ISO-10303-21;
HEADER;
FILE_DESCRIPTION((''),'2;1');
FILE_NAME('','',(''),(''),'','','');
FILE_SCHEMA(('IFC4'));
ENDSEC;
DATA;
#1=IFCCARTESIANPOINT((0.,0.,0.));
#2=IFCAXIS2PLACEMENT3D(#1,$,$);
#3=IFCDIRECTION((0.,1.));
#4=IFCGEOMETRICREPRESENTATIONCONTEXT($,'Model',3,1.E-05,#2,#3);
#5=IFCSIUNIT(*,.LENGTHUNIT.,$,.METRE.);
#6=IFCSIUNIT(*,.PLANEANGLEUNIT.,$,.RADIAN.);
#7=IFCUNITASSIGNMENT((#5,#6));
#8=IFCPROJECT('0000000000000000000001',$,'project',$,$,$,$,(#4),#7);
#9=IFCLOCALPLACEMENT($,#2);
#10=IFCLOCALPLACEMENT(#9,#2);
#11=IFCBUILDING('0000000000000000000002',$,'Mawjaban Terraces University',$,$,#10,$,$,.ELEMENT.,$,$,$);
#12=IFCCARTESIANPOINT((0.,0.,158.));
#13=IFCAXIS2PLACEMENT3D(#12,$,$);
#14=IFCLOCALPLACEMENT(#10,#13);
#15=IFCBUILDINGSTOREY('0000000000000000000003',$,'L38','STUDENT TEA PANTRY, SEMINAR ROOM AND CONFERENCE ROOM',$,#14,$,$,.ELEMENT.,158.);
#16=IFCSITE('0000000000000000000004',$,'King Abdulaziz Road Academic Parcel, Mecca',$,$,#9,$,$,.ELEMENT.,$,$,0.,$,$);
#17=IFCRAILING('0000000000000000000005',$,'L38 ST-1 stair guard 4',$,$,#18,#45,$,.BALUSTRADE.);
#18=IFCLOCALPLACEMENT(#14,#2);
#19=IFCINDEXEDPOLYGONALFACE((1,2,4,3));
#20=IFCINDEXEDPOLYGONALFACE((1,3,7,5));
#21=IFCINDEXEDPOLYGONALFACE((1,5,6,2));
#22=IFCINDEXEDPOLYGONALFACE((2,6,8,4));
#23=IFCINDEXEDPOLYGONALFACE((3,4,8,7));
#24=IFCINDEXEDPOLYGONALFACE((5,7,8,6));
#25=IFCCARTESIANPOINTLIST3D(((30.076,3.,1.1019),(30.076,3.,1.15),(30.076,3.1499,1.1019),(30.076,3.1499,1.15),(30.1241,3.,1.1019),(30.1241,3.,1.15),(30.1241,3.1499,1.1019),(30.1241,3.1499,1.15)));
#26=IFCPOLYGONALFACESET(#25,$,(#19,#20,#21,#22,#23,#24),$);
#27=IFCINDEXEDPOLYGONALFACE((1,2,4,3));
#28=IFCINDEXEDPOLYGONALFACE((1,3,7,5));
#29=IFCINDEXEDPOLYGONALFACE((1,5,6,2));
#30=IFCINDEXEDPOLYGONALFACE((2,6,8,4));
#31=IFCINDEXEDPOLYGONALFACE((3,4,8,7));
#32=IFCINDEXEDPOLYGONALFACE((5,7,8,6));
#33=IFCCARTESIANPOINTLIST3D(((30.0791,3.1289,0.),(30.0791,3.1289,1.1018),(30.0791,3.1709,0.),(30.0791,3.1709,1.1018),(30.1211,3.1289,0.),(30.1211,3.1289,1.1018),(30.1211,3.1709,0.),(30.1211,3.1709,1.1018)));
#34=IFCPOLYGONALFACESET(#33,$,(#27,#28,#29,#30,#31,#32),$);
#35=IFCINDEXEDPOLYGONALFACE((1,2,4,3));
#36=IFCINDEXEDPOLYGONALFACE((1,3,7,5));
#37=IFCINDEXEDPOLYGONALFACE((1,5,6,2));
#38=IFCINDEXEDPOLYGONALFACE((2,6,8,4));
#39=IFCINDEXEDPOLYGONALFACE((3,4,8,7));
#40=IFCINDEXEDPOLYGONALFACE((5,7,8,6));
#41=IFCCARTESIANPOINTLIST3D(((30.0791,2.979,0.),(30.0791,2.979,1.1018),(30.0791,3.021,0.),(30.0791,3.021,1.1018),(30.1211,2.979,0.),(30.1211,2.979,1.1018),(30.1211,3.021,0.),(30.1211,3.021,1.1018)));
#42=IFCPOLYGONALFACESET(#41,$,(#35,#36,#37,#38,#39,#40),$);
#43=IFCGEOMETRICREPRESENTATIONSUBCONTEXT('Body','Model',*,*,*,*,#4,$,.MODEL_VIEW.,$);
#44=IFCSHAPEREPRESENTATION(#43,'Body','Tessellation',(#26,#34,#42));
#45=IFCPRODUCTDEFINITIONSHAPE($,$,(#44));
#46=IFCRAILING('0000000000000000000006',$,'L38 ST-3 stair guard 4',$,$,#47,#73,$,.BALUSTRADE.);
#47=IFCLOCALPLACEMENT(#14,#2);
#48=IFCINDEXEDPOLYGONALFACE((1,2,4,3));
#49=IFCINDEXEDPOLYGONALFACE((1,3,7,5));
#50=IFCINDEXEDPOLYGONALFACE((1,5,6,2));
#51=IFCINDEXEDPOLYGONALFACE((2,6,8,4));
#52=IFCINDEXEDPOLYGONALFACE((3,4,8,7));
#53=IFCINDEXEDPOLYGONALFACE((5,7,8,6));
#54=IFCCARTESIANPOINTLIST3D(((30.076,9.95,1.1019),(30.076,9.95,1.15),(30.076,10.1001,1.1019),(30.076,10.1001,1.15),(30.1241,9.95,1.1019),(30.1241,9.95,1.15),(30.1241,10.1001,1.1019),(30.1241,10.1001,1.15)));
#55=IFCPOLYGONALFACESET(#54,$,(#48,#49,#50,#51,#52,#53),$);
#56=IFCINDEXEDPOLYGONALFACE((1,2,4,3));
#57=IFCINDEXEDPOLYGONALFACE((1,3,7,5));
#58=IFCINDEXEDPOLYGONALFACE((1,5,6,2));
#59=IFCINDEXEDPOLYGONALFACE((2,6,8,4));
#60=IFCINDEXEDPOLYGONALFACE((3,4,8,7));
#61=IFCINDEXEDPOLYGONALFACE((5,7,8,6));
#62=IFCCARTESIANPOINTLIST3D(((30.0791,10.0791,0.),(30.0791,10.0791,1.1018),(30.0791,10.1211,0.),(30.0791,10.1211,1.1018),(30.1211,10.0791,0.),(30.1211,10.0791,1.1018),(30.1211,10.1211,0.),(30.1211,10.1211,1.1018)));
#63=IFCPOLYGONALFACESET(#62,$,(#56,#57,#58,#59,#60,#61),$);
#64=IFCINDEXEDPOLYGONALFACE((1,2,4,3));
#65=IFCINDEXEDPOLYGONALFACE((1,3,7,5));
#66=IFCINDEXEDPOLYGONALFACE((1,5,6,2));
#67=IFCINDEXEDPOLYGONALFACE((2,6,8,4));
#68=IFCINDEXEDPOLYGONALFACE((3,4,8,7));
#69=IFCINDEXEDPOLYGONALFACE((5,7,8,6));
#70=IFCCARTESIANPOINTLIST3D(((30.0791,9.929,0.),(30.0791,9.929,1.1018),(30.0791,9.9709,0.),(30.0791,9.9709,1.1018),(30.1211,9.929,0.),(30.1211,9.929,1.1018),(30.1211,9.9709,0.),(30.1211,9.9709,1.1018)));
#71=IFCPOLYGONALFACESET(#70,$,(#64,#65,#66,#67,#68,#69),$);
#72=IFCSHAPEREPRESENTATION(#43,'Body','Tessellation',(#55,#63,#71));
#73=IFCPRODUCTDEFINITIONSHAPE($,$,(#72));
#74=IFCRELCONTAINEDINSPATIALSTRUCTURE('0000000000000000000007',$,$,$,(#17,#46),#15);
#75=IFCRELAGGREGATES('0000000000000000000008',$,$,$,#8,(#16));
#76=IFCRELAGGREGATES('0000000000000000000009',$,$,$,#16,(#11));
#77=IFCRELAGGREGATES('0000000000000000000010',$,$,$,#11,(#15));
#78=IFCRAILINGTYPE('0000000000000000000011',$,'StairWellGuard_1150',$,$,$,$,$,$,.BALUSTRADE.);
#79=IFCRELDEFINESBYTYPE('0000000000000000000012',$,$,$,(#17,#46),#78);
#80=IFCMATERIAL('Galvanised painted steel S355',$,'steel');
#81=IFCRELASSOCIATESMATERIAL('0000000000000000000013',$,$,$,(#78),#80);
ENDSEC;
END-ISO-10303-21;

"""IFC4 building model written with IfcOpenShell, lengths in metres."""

from ifc_helpers import new_model, si_unit, direction, frame, origin, origin_2d, place, context, subcontext, project, spatial, rectangle, extrude, material, type_object, element, save


model = new_model("IFC4")

# Units and contexts
model_context = context("Model", 3, precision=1e-05, world=origin(), true_north=direction((0.0, 1.0)))
body_context = subcontext(model_context, "Body", "Model", "MODEL_VIEW")
ifc_project = project(units=[si_unit("LENGTHUNIT", "METRE"), si_unit("PLANEANGLEUNIT", "RADIAN")], contexts=[model_context])

# Site, building, storey
site_placement = place(None, origin())
site = spatial("IfcSite", under=ifc_project, at=site_placement, Name="King Abdulaziz Road Academic Parcel, Mecca", CompositionType="ELEMENT", RefElevation=0.0)
building_placement = place(site_placement, origin())
building = spatial("IfcBuilding", under=site, at=building_placement, Name="Mawjaban Terraces University", CompositionType="ELEMENT")
storey_placement = place(building_placement, frame((0.0, 0.0, 158.0)))
storey = spatial("IfcBuildingStorey", under=building, at=storey_placement, Name="L38", Description="STUDENT TEA PANTRY, SEMINAR ROOM AND CONFERENCE ROOM", CompositionType="ELEMENT", Elevation=158.0)

# Railings
ifc_material_1 = material(Name="Galvanised painted steel S355", Category="steel")
railing_type = type_object("IfcRailingType", Name="StairWellGuard_1150", PredefinedType="BALUSTRADE", material=ifc_material_1)
railing_1_placement = place(storey_placement, frame((30.1001, 3.1499, 0.0)))
element("IfcRailing", 1, at=railing_1_placement, inside=storey, type_object=railing_type, Name="L38 ST-1 stair guard 4", PredefinedType="BALUSTRADE", context=body_context, shape_type="SweptSolid", body=[
    extrude(rectangle(XDim=0.0481, YDim=0.0481, at=origin_2d()), frame((0.0, 0.0, 1.126), z_axis=(0.0, -1.0, 0.0), x_axis=(1.0, 0.0, 0.0)), (0.0, 0.0, 1.0), 0.1499),
    extrude(rectangle(XDim=0.042, YDim=0.042, at=origin_2d()), origin(), (0.0, 0.0, 1.0), 1.1018),
    extrude(rectangle(XDim=0.042, YDim=0.042, at=origin_2d()), frame((0.0, -0.1499, 0.0)), (0.0, 0.0, 1.0), 1.1018),
])
railing_2_placement = place(storey_placement, frame((30.1001, 10.1001, 0.0)))
element("IfcRailing", 2, at=railing_2_placement, inside=storey, type_object=railing_type, Name="L38 ST-3 stair guard 4", PredefinedType="BALUSTRADE", context=body_context, shape_type="SweptSolid", body=[
    extrude(rectangle(XDim=0.0481, YDim=0.0481, at=origin_2d()), frame((0.0, 0.0, 1.126), z_axis=(0.0, -1.0, 0.0), x_axis=(1.0, 0.0, 0.0)), (0.0, 0.0, 1.0), 0.1501),
    extrude(rectangle(XDim=0.042, YDim=0.042, at=origin_2d()), origin(), (0.0, 0.0, 1.0), 1.1018),
    extrude(rectangle(XDim=0.042, YDim=0.042, at=origin_2d()), frame((0.0, -0.1501, 0.0)), (0.0, 0.0, 1.0), 1.1018),
])

save(model, "model.ifc")
